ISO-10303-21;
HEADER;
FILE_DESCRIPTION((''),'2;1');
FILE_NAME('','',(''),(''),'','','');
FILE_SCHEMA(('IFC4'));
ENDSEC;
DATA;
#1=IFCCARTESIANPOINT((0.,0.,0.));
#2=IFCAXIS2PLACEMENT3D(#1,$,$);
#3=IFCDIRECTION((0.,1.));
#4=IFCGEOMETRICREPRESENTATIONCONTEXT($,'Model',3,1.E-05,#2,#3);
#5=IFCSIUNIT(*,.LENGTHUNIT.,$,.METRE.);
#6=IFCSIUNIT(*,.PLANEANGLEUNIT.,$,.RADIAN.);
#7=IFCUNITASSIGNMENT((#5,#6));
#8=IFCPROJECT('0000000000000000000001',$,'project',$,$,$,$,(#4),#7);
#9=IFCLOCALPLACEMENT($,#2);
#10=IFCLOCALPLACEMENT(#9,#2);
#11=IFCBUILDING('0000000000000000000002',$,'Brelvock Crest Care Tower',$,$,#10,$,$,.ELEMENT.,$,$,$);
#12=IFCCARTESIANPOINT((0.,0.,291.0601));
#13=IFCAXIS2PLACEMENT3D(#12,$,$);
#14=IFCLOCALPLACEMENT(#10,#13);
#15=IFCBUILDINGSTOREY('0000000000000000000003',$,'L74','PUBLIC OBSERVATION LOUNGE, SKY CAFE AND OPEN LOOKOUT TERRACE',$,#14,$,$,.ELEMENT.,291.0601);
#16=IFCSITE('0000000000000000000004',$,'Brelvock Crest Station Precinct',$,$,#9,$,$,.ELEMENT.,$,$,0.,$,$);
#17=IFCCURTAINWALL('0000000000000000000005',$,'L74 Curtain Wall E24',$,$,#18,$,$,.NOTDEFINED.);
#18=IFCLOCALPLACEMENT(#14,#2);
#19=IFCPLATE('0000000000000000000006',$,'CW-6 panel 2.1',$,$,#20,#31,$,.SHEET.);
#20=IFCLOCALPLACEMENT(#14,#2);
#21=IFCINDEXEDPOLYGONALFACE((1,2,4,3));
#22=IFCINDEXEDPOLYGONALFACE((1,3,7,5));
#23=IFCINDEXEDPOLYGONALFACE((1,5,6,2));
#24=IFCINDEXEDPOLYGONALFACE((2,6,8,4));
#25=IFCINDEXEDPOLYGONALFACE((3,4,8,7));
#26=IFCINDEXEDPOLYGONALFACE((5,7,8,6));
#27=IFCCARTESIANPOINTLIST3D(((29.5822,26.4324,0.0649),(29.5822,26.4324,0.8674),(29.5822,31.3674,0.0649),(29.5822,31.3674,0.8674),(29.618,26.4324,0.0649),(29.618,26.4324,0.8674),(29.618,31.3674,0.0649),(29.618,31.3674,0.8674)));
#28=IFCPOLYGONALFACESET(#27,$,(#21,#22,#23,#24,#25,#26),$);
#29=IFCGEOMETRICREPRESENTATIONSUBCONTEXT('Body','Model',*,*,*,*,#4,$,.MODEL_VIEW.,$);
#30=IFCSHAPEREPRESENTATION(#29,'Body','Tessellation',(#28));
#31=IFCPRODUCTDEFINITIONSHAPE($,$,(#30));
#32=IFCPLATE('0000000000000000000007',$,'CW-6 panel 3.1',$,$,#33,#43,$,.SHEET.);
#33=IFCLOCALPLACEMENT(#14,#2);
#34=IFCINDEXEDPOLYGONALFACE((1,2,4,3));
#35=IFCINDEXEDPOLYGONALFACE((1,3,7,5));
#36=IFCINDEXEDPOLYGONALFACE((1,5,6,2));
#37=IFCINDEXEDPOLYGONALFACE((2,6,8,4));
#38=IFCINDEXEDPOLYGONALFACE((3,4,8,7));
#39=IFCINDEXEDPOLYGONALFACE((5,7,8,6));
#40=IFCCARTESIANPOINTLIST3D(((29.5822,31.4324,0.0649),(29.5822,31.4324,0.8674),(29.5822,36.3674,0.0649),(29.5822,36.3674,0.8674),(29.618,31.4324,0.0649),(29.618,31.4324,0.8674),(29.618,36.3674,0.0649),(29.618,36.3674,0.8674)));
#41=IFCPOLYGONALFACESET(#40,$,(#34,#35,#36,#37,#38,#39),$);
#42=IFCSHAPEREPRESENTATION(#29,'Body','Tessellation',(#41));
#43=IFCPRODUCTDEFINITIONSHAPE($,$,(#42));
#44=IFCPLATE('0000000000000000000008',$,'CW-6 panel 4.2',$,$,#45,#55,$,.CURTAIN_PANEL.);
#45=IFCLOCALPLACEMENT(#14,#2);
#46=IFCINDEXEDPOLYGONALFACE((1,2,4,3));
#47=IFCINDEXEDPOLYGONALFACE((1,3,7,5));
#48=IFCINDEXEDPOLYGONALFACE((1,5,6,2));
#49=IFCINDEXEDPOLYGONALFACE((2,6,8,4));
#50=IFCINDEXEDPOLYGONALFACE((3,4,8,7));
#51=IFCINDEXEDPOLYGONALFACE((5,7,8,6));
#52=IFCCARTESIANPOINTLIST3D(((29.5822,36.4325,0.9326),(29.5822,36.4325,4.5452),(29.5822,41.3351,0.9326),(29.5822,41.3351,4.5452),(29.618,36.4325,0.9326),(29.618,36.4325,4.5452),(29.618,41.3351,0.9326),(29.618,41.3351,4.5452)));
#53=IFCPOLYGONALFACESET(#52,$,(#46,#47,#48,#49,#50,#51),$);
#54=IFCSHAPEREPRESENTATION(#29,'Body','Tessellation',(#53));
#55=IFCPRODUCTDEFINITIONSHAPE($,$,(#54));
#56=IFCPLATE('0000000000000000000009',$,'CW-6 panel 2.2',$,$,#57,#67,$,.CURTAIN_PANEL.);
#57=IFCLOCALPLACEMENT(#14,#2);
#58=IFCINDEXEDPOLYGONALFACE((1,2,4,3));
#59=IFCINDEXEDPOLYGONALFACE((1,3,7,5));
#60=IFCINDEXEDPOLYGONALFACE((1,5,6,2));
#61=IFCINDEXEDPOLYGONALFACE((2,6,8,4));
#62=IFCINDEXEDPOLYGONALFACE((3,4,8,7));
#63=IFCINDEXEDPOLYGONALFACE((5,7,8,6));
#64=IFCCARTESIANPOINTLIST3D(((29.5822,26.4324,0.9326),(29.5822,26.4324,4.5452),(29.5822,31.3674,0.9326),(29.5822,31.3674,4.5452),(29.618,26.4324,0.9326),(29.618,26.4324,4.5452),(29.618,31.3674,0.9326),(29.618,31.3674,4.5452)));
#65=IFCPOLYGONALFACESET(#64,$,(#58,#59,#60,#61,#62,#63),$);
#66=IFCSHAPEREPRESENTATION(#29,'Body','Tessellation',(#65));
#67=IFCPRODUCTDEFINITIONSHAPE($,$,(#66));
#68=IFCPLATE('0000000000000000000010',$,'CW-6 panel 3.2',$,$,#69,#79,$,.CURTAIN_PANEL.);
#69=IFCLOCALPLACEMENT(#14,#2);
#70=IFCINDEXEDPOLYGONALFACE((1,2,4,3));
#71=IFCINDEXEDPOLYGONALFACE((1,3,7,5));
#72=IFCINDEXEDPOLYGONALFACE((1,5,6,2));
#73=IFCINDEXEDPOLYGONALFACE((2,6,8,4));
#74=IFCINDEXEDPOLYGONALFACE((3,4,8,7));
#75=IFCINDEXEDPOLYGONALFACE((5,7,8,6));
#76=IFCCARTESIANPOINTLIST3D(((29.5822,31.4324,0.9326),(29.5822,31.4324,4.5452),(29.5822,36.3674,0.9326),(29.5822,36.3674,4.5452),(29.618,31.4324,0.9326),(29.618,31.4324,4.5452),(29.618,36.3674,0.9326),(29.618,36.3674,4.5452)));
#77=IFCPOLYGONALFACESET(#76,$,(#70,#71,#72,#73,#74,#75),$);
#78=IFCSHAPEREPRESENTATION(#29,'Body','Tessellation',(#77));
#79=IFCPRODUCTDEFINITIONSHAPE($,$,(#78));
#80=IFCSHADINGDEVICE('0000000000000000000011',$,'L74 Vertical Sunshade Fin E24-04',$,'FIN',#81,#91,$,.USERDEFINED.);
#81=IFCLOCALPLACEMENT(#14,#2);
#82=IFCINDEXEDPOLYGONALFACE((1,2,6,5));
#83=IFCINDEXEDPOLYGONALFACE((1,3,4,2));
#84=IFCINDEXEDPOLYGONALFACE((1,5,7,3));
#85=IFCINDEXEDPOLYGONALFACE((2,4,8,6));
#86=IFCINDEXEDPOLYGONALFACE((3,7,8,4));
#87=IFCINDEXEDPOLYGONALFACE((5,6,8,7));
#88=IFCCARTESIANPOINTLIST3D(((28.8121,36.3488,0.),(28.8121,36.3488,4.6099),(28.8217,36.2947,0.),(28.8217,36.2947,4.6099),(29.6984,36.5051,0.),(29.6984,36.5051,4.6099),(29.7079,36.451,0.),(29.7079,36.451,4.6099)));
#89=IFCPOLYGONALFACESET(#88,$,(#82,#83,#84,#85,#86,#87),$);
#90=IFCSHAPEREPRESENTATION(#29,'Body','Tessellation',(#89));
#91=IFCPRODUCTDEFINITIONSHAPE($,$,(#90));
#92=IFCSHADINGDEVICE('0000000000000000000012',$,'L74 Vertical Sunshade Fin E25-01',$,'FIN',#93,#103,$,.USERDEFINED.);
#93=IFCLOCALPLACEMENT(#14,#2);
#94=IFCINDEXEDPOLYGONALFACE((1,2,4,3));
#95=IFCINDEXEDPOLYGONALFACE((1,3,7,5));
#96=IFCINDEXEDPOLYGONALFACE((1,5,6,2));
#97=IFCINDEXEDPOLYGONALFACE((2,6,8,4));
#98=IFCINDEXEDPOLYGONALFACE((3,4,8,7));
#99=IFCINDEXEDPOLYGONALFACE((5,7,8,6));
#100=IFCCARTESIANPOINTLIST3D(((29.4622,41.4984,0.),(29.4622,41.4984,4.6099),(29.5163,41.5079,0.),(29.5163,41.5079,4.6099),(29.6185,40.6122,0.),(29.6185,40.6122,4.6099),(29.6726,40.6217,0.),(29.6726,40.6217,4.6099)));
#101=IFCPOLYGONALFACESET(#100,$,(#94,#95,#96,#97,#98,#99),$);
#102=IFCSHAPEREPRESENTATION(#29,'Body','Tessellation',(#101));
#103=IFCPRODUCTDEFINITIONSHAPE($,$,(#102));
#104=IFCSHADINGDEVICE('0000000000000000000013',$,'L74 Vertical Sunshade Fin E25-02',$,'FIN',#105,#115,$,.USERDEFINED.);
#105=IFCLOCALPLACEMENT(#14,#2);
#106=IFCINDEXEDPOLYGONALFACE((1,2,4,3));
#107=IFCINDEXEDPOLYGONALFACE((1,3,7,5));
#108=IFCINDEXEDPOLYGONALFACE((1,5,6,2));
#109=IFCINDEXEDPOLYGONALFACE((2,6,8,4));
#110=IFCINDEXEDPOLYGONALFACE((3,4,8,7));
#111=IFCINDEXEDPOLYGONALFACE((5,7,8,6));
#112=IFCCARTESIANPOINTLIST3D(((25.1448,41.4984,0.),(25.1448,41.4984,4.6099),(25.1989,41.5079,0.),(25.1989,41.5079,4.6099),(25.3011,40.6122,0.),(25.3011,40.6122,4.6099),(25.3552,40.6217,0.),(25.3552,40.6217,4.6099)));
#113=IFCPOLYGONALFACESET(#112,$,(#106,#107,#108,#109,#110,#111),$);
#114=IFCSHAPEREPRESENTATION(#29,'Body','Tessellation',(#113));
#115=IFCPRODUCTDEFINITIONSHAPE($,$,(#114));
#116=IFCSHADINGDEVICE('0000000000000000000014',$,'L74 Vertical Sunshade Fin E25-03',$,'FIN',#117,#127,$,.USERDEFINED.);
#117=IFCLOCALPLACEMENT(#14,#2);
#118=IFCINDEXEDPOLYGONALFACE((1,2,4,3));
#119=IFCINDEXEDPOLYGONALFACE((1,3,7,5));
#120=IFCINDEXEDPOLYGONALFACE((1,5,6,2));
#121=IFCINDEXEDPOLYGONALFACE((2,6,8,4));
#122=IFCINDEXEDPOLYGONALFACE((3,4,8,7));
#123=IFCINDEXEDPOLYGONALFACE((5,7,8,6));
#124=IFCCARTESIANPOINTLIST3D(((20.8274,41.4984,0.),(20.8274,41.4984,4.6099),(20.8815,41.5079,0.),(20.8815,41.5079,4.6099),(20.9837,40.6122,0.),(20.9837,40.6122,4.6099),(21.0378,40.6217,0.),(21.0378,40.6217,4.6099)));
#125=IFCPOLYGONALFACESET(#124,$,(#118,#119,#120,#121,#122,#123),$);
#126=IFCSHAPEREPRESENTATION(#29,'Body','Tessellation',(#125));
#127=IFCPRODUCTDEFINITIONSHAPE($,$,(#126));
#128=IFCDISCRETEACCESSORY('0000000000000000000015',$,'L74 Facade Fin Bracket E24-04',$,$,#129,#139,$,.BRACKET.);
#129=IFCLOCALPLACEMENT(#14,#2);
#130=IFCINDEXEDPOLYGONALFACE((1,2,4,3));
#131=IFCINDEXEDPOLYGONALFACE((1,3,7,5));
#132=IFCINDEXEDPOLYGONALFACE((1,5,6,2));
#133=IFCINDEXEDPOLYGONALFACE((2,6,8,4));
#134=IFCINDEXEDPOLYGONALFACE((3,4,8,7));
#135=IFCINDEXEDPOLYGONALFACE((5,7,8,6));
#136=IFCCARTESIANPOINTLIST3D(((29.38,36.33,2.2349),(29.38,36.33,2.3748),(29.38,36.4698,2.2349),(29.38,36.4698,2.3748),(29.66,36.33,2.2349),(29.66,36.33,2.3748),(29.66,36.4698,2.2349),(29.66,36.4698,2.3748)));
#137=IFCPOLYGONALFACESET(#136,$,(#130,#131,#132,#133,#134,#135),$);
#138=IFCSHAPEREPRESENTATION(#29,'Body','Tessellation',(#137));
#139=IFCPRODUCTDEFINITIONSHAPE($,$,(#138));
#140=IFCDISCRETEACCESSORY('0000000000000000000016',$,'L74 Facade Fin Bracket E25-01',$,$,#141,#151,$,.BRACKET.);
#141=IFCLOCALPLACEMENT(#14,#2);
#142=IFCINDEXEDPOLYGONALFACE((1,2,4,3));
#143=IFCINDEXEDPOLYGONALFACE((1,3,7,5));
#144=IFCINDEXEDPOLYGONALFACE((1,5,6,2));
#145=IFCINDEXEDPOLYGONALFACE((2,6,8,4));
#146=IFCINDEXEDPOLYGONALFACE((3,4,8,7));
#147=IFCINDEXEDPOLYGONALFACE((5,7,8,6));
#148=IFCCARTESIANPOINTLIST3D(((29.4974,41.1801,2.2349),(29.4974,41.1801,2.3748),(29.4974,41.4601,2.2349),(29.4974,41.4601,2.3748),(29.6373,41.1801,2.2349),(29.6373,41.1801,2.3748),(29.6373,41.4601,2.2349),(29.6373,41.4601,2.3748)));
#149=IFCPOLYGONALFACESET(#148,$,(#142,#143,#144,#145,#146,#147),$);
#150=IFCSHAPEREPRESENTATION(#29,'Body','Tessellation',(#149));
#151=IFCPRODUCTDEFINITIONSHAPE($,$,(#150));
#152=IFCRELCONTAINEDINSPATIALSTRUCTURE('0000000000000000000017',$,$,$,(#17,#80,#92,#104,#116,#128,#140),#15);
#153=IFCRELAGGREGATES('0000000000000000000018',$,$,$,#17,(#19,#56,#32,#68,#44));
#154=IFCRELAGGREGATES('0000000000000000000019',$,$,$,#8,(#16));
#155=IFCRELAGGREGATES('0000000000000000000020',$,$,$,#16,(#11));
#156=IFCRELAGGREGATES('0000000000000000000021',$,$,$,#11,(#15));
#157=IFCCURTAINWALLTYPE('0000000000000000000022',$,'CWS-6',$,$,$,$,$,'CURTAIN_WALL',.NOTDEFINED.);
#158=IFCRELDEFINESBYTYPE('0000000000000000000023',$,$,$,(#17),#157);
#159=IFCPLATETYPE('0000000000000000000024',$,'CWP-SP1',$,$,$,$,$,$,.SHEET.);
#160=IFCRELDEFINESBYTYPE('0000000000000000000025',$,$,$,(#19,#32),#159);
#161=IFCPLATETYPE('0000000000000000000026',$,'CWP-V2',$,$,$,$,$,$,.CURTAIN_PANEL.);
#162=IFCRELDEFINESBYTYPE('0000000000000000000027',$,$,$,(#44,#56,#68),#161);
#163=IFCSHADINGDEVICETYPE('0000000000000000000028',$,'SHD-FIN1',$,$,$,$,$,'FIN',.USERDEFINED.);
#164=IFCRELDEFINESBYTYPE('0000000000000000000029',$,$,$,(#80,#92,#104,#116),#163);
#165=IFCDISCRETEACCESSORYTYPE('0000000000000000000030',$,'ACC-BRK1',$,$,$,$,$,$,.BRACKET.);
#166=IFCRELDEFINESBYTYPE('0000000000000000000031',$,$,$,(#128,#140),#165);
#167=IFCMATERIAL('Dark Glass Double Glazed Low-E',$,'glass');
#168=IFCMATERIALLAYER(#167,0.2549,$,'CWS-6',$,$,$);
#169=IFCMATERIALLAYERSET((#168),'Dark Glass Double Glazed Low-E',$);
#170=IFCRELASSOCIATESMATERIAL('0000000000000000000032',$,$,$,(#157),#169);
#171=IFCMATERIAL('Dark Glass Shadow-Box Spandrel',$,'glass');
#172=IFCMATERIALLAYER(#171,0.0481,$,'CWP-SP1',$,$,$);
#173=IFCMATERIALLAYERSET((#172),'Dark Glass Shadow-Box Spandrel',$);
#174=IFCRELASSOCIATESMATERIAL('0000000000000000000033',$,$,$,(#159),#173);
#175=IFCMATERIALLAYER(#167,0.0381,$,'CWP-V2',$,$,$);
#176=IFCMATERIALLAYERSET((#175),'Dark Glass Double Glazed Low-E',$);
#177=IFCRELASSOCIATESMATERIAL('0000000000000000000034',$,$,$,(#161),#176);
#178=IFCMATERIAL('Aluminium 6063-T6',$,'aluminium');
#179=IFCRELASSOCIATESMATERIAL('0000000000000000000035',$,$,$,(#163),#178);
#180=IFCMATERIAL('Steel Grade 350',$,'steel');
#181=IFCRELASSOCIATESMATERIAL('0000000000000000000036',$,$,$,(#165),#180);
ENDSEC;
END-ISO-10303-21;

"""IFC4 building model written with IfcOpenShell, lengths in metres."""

from ifc_helpers import new_model, si_unit, direction, frame, origin, origin_2d, place, context, subcontext, project, spatial, rectangle, extrude, source, transform, mapped, material, layer, layer_set, material_profile, profile_set, type_object, element, aggregate, save


model = new_model("IFC4")

# Units and contexts
model_context = context("Model", 3, precision=1e-05, world=origin(), true_north=direction((0.0, 1.0)))
body_context = subcontext(model_context, "Body", "Model", "MODEL_VIEW")
ifc_project = project(units=[si_unit("LENGTHUNIT", "METRE"), si_unit("PLANEANGLEUNIT", "RADIAN")], contexts=[model_context])

# Site, building, storey
site_placement = place(None, origin())
site = spatial("IfcSite", under=ifc_project, at=site_placement, Name="Brelvock Crest Station Precinct", CompositionType="ELEMENT", RefElevation=0.0)
building_placement = place(site_placement, origin())
building = spatial("IfcBuilding", under=site, at=building_placement, Name="Brelvock Crest Care Tower", CompositionType="ELEMENT")
storey_placement = place(building_placement, frame((0.0, 0.0, 291.0601)))
storey = spatial("IfcBuildingStorey", under=building, at=storey_placement, Name="L74", Description="PUBLIC OBSERVATION LOUNGE, SKY CAFE AND OPEN LOOKOUT TERRACE", CompositionType="ELEMENT", Elevation=291.0601)

# Curtain wall, plates
ifc_material_1 = material(Name="Dark Glass Double Glazed Low-E", Category="glass")
ifc_layer_1 = layer(ifc_material_1, 0.2549, Name="CWS-6")
ifc_layer_set_1 = layer_set([ifc_layer_1], Name="Dark Glass Double Glazed Low-E")
curtain_wall_type = type_object("IfcCurtainWallType", Name="CWS-6", ElementType="CURTAIN_WALL", PredefinedType="NOTDEFINED", material=ifc_layer_set_1)
curtain_wall_placement = place(storey_placement, origin())
curtain_wall = element("IfcCurtainWall", 1, at=curtain_wall_placement, inside=storey, type_object=curtain_wall_type, Name="L74 Curtain Wall E24", PredefinedType="NOTDEFINED")
ifc_material_2 = material(Name="Aluminium 6063-T6", Category="aluminium")
ifc_material_3 = material(Name="Dark Glass Shadow-Box Spandrel", Category="glass")
ifc_layer_2 = layer(ifc_material_3, 0.0481, Name="CWP-SP1")
ifc_layer_set_2 = layer_set([ifc_layer_2], Name="Dark Glass Shadow-Box Spandrel")
plate_type_1 = type_object("IfcPlateType", Name="CWP-SP1", PredefinedType="SHEET", material=ifc_layer_set_2)
shared_shape_1 = source(origin(), body_context, "Body", "SweptSolid", [
    extrude(rectangle(XDim=4.9351, YDim=0.0359, at=origin_2d()), origin(), (0.0, 0.0, 1.0), 0.8025),
])
plate_1_placement = place(storey_placement, frame((29.6001, 28.8999, 0.0649), z_axis=(0.0, 0.0, 1.0), x_axis=(0.0, 1.0, 0.0)))
plate_1 = element("IfcPlate", 2, at=plate_1_placement, type_object=plate_type_1, Name="CW-6 panel 2.1", PredefinedType="SHEET", context=body_context, shape_type="MappedRepresentation", body=[
    mapped(shared_shape_1, transform((0.0, 0.0, 0.0), x_axis=(1.0, 0.0, 0.0), y_axis=(0.0, 1.0, 0.0), z_axis=(0.0, 0.0, 1.0), scale=1.0)),
])
plate_2_placement = place(storey_placement, frame((29.6001, 33.8999, 0.0649), z_axis=(0.0, 0.0, 1.0), x_axis=(0.0, 1.0, 0.0)))
plate_2 = element("IfcPlate", 3, at=plate_2_placement, type_object=plate_type_1, Name="CW-6 panel 3.1", PredefinedType="SHEET", context=body_context, shape_type="MappedRepresentation", body=[
    mapped(shared_shape_1, transform((0.0, 0.0, 0.0), x_axis=(1.0, 0.0, 0.0), y_axis=(0.0, 1.0, 0.0), z_axis=(0.0, 0.0, 1.0), scale=1.0)),
])
ifc_layer_3 = layer(ifc_material_1, 0.0381, Name="CWP-V2")
ifc_layer_set_3 = layer_set([ifc_layer_3], Name="Dark Glass Double Glazed Low-E")
plate_type_2 = type_object("IfcPlateType", Name="CWP-V2", PredefinedType="CURTAIN_PANEL", material=ifc_layer_set_3)
shared_shape_2 = source(origin(), body_context, "Body", "SweptSolid", [
    extrude(rectangle(XDim=4.9026, YDim=0.0359, at=origin_2d()), origin(), (0.0, 0.0, 1.0), 3.6125),
])
plate_3_placement = place(storey_placement, frame((29.6001, 38.8838, 0.9326), z_axis=(0.0, 0.0, 1.0), x_axis=(0.0, 1.0, 0.0)))
plate_3 = element("IfcPlate", 4, at=plate_3_placement, type_object=plate_type_2, Name="CW-6 panel 4.2", PredefinedType="CURTAIN_PANEL", context=body_context, shape_type="MappedRepresentation", body=[
    mapped(shared_shape_2, transform((0.0, 0.0, 0.0), x_axis=(1.0, 0.0, 0.0), y_axis=(0.0, 1.0, 0.0), z_axis=(0.0, 0.0, 1.0), scale=1.0)),
])
shared_shape_3 = source(origin(), body_context, "Body", "SweptSolid", [
    extrude(rectangle(XDim=4.9351, YDim=0.0359, at=origin_2d()), origin(), (0.0, 0.0, 1.0), 3.6125),
])
plate_4_placement = place(storey_placement, frame((29.6001, 28.8999, 0.9326), z_axis=(0.0, 0.0, 1.0), x_axis=(0.0, 1.0, 0.0)))
plate_4 = element("IfcPlate", 5, at=plate_4_placement, type_object=plate_type_2, Name="CW-6 panel 2.2", PredefinedType="CURTAIN_PANEL", context=body_context, shape_type="MappedRepresentation", body=[
    mapped(shared_shape_3, transform((0.0, 0.0, 0.0), x_axis=(1.0, 0.0, 0.0), y_axis=(0.0, 1.0, 0.0), z_axis=(0.0, 0.0, 1.0), scale=1.0)),
])
plate_5_placement = place(storey_placement, frame((29.6001, 33.8999, 0.9326), z_axis=(0.0, 0.0, 1.0), x_axis=(0.0, 1.0, 0.0)))
plate_5 = element("IfcPlate", 6, at=plate_5_placement, type_object=plate_type_2, Name="CW-6 panel 3.2", PredefinedType="CURTAIN_PANEL", context=body_context, shape_type="MappedRepresentation", body=[
    mapped(shared_shape_3, transform((0.0, 0.0, 0.0), x_axis=(1.0, 0.0, 0.0), y_axis=(0.0, 1.0, 0.0), z_axis=(0.0, 0.0, 1.0), scale=1.0)),
])
aggregate(curtain_wall, [plate_1, plate_4, plate_2, plate_5, plate_3])

# Shading devices
ifc_material_profile_1 = material_profile(ifc_material_2, rectangle(XDim=0.0549, YDim=0.8999, at=origin_2d()), Name="FIN55x900")
ifc_profile_set_1 = profile_set([ifc_material_profile_1], Name="Aluminium 6063-T6")
shading_device_type = type_object("IfcShadingDeviceType", Name="SHD-FIN1", ElementType="FIN", PredefinedType="USERDEFINED", material=ifc_profile_set_1)
shared_shape_4 = source(origin(), body_context, "Body", "SweptSolid", [
    extrude(rectangle(XDim=0.0549, YDim=0.8999, at=origin_2d()), origin(), (0.0, 0.0, 1.0), 4.6099),
])
for number, where, z_axis, x_axis, name in (
    (7, (29.26, 36.3999, 0.0), (0.0, 0.0, 1.0), (-0.173648, 0.984808, 0.0), "L74 Vertical Sunshade Fin E24-04"),
    (8, (29.5674, 41.0601, 0.0), (0.0, 0.0, 1.0), (-0.984808, -0.173648, 0.0), "L74 Vertical Sunshade Fin E25-01"),
    (9, (25.25, 41.0601, 0.0), (0.0, 0.0, 1.0), (-0.984808, -0.173648, 0.0), "L74 Vertical Sunshade Fin E25-02"),
    (10, (20.9326, 41.0601, 0.0), (0.0, 0.0, 1.0), (-0.984808, -0.173648, 0.0), "L74 Vertical Sunshade Fin E25-03"),
):
    element("IfcShadingDevice", number, at=place(storey_placement, frame(where, z_axis=z_axis, x_axis=x_axis)), inside=storey, type_object=shading_device_type, Name=name, ObjectType="FIN", PredefinedType="USERDEFINED", context=body_context, shape_type="MappedRepresentation", body=[
        mapped(shared_shape_4, transform((0.0, 0.0, 0.0), x_axis=(1.0, 0.0, 0.0), y_axis=(0.0, 1.0, 0.0), z_axis=(0.0, 0.0, 1.0), scale=1.0)),
    ])

# Discrete accessories
ifc_material_4 = material(Name="Steel Grade 350", Category="steel")
discrete_accessory_type = type_object("IfcDiscreteAccessoryType", Name="ACC-BRK1", PredefinedType="BRACKET", material=ifc_material_4)
shared_shape_5 = source(origin(), body_context, "Body", "SweptSolid", [
    extrude(rectangle(XDim=0.28, YDim=0.1399, at=origin_2d()), origin(), (0.0, 0.0, 1.0), 0.1399),
])
for number, where, z_axis, x_axis, name in (
    (11, (29.52, 36.3999, 2.2349), (0.0, 0.0, 1.0), (-1.0, 0.0, 0.0), "L74 Facade Fin Bracket E24-04"),
    (12, (29.5674, 41.3201, 2.2349), (0.0, 0.0, 1.0), (0.0, -1.0, 0.0), "L74 Facade Fin Bracket E25-01"),
):
    element("IfcDiscreteAccessory", number, at=place(storey_placement, frame(where, z_axis=z_axis, x_axis=x_axis)), inside=storey, type_object=discrete_accessory_type, Name=name, PredefinedType="BRACKET", context=body_context, shape_type="MappedRepresentation", body=[
        mapped(shared_shape_5, transform((0.0, 0.0, 0.0), x_axis=(1.0, 0.0, 0.0), y_axis=(0.0, 1.0, 0.0), z_axis=(0.0, 0.0, 1.0), scale=1.0)),
    ])

save(model, "model.ifc")
